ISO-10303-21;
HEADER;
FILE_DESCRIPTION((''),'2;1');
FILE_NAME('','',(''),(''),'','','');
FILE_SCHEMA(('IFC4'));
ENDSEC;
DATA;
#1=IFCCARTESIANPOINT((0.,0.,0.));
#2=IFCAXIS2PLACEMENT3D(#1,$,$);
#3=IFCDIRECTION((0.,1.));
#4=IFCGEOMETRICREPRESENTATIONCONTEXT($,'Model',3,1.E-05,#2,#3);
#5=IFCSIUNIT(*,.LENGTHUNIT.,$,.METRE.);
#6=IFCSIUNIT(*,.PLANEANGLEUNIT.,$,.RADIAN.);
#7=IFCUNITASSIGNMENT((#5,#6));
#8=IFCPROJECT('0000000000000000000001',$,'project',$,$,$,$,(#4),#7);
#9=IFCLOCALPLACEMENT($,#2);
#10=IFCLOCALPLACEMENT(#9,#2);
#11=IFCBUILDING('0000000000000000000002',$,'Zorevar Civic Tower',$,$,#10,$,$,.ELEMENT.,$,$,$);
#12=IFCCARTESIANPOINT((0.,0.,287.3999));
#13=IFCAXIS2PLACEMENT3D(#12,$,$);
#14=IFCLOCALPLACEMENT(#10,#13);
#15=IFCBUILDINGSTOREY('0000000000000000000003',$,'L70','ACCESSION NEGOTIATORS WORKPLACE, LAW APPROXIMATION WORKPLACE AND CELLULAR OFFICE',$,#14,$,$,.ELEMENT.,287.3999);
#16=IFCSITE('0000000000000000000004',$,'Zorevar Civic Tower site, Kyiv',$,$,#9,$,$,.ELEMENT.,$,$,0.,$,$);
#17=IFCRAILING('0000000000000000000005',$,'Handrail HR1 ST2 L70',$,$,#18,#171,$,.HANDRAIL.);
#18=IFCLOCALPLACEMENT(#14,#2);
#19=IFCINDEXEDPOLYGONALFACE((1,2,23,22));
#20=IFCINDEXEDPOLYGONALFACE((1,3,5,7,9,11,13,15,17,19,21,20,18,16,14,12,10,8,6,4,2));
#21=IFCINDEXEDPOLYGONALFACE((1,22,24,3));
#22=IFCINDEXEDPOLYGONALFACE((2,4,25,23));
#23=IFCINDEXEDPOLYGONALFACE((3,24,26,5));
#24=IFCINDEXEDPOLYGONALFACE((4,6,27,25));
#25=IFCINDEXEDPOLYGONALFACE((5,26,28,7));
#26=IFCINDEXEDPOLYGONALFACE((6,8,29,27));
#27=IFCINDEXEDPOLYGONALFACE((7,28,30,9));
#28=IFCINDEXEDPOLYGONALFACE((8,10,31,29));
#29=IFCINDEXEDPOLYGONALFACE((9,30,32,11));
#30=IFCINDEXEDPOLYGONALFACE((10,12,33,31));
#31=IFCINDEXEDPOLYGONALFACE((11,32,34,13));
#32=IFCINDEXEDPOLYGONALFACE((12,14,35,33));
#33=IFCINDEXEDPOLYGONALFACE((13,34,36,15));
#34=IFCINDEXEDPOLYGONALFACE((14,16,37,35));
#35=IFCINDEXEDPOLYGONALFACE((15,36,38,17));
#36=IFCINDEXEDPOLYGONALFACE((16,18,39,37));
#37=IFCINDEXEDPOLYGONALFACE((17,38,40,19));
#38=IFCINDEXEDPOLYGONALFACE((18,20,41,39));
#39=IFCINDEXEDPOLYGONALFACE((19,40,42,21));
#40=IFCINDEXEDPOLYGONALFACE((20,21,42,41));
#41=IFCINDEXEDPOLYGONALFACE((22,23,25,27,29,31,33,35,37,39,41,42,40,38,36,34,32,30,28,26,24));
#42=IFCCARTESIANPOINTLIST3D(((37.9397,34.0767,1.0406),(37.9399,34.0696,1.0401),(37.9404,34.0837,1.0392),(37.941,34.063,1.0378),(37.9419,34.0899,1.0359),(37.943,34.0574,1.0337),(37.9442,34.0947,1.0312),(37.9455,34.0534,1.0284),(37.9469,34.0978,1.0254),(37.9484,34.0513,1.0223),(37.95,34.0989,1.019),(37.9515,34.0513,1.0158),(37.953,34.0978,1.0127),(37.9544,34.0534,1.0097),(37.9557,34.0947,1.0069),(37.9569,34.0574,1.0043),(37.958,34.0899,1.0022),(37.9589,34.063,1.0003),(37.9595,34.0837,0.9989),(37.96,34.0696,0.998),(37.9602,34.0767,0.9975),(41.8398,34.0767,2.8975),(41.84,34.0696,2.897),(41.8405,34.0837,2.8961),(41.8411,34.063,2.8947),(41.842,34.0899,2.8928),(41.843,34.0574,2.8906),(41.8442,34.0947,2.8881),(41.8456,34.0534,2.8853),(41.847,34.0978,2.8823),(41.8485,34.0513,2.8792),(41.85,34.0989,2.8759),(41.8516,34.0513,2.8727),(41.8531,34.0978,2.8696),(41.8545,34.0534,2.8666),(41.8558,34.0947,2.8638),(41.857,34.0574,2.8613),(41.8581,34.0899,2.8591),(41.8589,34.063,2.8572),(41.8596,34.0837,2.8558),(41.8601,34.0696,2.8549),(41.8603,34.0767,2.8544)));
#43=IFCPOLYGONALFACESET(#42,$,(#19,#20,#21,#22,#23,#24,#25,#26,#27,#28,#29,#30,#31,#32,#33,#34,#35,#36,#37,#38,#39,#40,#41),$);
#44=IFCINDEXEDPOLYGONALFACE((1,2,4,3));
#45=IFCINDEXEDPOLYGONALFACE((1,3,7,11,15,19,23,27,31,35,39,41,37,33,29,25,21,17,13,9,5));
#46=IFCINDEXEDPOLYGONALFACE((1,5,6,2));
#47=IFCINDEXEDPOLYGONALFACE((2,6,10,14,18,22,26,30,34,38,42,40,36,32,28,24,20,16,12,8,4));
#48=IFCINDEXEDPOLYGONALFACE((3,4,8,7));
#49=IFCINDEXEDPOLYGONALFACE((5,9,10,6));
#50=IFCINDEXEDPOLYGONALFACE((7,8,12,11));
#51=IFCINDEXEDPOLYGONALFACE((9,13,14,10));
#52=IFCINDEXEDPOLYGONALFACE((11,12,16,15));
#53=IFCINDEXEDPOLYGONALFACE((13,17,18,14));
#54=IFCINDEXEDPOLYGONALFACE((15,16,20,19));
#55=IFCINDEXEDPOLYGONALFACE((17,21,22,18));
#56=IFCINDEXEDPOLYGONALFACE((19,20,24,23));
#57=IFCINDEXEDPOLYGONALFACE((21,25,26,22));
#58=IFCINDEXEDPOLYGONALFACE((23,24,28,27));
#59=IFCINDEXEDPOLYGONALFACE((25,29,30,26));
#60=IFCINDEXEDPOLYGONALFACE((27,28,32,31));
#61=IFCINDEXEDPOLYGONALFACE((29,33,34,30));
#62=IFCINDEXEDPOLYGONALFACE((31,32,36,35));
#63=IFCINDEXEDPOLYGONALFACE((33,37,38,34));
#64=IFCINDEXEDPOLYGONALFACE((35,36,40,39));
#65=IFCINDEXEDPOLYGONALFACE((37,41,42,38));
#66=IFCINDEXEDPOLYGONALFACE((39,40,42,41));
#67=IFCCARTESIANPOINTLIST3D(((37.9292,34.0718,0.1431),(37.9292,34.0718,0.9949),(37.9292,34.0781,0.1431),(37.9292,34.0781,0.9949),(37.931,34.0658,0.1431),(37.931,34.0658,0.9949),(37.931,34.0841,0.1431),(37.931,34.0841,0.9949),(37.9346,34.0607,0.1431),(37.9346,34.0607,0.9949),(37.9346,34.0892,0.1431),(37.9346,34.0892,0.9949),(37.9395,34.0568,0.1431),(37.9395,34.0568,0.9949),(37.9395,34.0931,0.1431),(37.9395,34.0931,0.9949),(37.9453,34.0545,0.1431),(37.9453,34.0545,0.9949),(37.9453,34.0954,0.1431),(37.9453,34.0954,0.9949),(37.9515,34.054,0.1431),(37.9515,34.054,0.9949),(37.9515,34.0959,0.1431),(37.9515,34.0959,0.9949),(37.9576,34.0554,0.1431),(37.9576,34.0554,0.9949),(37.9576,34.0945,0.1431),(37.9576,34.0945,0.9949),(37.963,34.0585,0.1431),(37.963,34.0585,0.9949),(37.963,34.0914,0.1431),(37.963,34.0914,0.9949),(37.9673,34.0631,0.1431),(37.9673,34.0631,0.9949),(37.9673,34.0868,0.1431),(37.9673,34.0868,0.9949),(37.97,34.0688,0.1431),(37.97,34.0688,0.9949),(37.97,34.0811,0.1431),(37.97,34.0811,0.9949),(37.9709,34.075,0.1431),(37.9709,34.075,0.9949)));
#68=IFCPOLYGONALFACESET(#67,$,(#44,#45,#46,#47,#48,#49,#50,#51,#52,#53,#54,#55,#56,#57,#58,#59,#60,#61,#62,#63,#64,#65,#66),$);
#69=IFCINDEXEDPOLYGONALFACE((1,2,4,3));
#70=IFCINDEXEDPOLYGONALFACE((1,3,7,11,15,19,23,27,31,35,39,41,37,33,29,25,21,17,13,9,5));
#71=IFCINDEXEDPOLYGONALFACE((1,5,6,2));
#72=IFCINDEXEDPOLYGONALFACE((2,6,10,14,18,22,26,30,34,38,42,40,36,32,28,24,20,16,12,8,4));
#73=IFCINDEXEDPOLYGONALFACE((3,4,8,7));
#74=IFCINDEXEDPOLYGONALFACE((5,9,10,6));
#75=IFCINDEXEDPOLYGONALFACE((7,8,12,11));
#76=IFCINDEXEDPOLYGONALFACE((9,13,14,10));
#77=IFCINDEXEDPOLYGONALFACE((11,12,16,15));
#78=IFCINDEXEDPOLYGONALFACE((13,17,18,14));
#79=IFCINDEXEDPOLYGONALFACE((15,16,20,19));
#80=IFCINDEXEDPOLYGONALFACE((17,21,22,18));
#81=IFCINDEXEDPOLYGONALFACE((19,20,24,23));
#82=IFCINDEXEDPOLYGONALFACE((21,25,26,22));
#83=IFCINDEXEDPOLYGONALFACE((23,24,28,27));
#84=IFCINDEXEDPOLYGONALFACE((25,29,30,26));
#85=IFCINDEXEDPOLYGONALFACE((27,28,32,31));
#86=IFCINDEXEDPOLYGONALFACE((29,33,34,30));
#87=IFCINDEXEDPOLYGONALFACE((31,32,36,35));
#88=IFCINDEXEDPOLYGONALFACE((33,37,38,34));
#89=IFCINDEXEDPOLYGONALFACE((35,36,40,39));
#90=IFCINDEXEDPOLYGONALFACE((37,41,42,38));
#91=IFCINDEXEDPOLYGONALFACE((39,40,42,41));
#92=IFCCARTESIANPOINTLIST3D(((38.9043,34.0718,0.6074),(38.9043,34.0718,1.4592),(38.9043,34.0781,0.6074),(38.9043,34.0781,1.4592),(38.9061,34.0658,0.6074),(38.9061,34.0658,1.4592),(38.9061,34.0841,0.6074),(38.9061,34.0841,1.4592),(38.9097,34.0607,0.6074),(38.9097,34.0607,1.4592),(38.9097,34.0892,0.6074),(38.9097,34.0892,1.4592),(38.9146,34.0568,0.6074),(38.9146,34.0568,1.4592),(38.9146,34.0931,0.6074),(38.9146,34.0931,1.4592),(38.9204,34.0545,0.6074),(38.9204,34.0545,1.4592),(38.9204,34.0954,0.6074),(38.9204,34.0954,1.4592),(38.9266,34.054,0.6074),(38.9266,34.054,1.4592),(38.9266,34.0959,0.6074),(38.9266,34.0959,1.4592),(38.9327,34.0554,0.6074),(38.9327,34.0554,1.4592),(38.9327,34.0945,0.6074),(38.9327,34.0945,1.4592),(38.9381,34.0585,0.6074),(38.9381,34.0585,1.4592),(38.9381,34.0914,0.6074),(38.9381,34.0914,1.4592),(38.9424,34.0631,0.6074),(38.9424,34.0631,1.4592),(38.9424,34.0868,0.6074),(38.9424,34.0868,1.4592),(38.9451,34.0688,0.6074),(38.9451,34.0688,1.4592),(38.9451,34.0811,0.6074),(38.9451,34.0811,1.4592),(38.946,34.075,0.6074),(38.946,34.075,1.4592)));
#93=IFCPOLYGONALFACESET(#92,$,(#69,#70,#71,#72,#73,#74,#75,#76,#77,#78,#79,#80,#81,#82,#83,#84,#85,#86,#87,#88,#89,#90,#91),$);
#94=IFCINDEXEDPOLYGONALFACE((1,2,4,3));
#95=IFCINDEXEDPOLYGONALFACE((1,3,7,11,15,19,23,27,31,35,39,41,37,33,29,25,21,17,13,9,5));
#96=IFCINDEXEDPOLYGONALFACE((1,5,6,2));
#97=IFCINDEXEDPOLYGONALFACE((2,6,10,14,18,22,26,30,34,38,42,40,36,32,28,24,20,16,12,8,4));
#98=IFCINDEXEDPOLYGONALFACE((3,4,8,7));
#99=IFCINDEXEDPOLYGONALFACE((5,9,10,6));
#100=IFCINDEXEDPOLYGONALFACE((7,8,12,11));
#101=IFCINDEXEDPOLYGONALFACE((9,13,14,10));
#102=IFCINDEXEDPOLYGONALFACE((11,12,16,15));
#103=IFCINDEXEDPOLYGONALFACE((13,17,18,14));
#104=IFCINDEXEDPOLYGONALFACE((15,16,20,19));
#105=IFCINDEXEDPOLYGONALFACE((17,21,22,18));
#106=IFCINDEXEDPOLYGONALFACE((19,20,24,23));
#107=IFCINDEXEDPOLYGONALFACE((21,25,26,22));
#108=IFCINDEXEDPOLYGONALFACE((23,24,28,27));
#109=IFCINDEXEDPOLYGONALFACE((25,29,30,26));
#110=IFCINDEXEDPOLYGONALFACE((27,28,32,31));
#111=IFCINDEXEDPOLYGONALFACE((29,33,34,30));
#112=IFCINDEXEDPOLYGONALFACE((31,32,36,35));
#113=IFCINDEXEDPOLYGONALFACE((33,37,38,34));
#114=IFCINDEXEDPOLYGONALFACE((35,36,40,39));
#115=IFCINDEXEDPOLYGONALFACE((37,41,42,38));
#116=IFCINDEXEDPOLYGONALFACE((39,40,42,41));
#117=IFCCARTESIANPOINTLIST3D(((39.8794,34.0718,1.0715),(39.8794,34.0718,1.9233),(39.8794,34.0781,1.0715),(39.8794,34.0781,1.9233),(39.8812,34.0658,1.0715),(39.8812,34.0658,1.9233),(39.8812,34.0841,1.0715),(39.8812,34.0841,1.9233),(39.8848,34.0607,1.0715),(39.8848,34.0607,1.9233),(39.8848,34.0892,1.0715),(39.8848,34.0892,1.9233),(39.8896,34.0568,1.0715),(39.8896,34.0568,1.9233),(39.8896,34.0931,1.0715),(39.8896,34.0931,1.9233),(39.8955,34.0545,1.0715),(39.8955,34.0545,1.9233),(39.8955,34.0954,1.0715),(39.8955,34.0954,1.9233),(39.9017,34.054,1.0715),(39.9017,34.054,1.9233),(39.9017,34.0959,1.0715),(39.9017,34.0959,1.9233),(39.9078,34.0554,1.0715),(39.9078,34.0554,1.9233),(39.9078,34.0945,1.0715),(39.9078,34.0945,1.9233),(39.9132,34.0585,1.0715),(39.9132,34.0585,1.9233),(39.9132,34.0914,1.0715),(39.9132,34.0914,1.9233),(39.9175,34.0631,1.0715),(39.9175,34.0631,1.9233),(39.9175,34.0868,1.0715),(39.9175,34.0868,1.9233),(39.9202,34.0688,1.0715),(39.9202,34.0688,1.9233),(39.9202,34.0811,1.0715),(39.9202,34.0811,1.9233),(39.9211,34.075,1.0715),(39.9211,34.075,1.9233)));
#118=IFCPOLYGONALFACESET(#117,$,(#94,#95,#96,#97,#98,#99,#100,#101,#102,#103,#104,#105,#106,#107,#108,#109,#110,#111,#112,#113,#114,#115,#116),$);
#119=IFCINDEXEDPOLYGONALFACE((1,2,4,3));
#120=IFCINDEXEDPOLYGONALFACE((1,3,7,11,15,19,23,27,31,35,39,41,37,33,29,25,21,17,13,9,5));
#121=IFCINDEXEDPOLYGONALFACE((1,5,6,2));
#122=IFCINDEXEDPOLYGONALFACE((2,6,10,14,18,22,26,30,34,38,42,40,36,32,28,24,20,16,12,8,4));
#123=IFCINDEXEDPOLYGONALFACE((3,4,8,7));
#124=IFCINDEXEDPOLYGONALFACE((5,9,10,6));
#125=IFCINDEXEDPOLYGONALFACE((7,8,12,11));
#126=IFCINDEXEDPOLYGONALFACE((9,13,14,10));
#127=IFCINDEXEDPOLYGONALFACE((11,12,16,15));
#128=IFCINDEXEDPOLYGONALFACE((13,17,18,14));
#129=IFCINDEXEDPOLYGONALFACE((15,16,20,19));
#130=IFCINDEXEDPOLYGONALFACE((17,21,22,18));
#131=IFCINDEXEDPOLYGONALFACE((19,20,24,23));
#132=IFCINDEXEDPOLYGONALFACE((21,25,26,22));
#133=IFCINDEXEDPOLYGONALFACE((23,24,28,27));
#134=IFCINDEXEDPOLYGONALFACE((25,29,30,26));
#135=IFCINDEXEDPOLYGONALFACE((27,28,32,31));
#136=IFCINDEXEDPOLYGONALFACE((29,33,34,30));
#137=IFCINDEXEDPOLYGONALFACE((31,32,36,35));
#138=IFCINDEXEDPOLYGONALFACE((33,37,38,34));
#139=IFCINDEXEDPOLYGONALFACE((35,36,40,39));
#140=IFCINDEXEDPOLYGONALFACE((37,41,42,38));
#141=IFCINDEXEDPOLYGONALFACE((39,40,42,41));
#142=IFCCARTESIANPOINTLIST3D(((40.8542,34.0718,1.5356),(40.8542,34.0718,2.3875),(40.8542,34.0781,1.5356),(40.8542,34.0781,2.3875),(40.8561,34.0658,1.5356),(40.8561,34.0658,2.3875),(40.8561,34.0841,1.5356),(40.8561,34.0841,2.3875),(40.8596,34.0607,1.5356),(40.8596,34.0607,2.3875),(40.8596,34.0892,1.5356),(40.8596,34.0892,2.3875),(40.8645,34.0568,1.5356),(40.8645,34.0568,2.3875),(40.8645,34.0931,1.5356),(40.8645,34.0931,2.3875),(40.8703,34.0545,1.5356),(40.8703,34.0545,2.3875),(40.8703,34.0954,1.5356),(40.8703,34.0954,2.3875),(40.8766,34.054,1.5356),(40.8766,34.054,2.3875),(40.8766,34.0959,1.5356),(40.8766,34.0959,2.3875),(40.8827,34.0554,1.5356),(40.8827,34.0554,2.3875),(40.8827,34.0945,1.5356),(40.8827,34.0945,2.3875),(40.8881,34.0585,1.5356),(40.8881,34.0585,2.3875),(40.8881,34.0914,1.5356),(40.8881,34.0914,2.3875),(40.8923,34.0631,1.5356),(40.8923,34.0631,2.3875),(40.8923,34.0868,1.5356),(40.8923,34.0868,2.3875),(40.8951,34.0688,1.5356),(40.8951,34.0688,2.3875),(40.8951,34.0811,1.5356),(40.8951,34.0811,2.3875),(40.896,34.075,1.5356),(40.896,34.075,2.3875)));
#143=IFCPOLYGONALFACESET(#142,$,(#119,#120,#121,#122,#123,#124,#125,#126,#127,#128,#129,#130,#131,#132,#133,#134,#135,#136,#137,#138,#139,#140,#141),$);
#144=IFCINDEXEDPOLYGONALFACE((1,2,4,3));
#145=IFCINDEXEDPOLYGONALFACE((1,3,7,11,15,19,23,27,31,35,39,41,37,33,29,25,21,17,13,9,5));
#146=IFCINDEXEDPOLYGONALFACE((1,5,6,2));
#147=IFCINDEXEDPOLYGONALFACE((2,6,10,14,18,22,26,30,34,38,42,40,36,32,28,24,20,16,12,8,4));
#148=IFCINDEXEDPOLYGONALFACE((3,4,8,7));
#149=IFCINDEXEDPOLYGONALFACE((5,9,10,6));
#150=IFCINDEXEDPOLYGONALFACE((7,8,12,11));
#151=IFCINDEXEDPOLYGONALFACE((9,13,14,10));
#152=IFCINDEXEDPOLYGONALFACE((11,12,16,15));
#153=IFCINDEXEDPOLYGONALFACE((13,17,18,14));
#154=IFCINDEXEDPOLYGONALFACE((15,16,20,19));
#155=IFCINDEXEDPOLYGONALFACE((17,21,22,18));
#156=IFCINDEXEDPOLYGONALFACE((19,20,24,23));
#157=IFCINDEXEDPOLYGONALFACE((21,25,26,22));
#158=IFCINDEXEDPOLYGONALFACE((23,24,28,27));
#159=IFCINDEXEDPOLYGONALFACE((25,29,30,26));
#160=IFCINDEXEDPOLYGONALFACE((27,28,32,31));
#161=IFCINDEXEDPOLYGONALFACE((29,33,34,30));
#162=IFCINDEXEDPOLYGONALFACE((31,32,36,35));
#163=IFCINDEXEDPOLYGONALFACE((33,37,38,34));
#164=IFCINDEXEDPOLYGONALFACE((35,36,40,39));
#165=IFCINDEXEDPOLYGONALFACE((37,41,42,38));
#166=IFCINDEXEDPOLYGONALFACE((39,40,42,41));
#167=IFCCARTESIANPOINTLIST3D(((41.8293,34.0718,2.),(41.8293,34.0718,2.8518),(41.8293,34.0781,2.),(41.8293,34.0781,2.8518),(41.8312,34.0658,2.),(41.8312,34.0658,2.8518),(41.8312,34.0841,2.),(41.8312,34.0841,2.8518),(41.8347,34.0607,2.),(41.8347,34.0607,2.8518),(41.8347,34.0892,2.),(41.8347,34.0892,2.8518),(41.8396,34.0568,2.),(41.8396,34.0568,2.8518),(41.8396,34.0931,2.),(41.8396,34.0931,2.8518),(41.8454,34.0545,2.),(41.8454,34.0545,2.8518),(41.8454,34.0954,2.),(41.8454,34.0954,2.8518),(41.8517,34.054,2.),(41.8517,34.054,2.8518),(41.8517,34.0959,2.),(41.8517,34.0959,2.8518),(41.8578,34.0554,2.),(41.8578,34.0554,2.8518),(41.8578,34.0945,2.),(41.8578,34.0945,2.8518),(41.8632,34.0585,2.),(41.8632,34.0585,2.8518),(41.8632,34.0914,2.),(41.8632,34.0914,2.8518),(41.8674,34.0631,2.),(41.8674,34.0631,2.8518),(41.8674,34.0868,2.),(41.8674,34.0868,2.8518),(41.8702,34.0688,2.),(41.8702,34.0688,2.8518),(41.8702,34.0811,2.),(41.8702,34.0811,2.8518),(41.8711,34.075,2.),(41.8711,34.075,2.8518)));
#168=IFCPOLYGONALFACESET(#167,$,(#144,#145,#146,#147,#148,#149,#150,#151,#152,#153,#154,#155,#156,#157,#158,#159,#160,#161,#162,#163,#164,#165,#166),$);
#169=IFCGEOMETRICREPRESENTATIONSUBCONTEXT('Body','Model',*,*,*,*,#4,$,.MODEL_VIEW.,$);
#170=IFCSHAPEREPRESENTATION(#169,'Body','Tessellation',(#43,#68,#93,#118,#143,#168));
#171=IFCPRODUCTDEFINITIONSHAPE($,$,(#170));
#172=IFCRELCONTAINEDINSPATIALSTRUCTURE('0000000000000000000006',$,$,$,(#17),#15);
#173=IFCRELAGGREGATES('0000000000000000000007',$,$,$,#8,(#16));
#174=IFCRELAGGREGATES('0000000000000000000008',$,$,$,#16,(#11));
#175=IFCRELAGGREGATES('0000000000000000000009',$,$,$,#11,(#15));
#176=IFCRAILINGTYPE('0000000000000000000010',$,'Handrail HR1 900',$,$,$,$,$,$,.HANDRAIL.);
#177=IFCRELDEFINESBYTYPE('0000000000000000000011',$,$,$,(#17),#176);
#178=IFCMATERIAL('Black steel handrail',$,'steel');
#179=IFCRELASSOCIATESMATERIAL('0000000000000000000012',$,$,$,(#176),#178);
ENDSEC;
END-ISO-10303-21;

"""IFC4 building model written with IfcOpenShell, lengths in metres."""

from ifc_helpers import new_model, si_unit, direction, frame, origin, origin_2d, place, context, subcontext, project, spatial, circle, extrude, material, type_object, element, save


model = new_model("IFC4")

# Units and contexts
model_context = context("Model", 3, precision=1e-05, world=origin(), true_north=direction((0.0, 1.0)))
body_context = subcontext(model_context, "Body", "Model", "MODEL_VIEW")
ifc_project = project(units=[si_unit("LENGTHUNIT", "METRE"), si_unit("PLANEANGLEUNIT", "RADIAN")], contexts=[model_context])

# Site, building, storey
site_placement = place(None, origin())
site = spatial("IfcSite", under=ifc_project, at=site_placement, Name="Zorevar Civic Tower site, Kyiv", CompositionType="ELEMENT", RefElevation=0.0)
building_placement = place(site_placement, origin())
building = spatial("IfcBuilding", under=site, at=building_placement, Name="Zorevar Civic Tower", CompositionType="ELEMENT")
storey_placement = place(building_placement, frame((0.0, 0.0, 287.3999)))
storey = spatial("IfcBuildingStorey", under=building, at=storey_placement, Name="L70", Description="ACCESSION NEGOTIATORS WORKPLACE, LAW APPROXIMATION WORKPLACE AND CELLULAR OFFICE", CompositionType="ELEMENT", Elevation=287.3999)

# Railing
ifc_material_1 = material(Name="Black steel handrail", Category="steel")
railing_type = type_object("IfcRailingType", Name="Handrail HR1 900", PredefinedType="HANDRAIL", material=ifc_material_1)
railing_1_placement = place(storey_placement, frame((37.95, 34.075, 0.1431)))
element("IfcRailing", 1, at=railing_1_placement, inside=storey, type_object=railing_type, Name="Handrail HR1 ST2 L70", PredefinedType="HANDRAIL", context=body_context, shape_type="SweptSolid", body=[
    extrude(circle(Radius=0.0239, at=origin_2d()), frame((0.0, 0.0, 0.876), z_axis=(0.902886, 0.0, 0.429881), x_axis=(0.0, 1.0, 0.0)), (0.0, 0.0, 1.0), 4.3196),
    extrude(circle(Radius=0.021, at=origin_2d()), origin(), (0.0, 0.0, 1.0), 0.8518),
    extrude(circle(Radius=0.021, at=origin_2d()), frame((0.9751, 0.0, 0.4644)), (0.0, 0.0, 1.0), 0.8518),
    extrude(circle(Radius=0.021, at=origin_2d()), frame((1.9502, 0.0, 0.9285)), (0.0, 0.0, 1.0), 0.8518),
    extrude(circle(Radius=0.021, at=origin_2d()), frame((2.925, 0.0, 1.3926)), (0.0, 0.0, 1.0), 0.8518),
    extrude(circle(Radius=0.021, at=origin_2d()), frame((3.9001, 0.0, 1.8569)), (0.0, 0.0, 1.0), 0.8518),
])

save(model, "model.ifc")
